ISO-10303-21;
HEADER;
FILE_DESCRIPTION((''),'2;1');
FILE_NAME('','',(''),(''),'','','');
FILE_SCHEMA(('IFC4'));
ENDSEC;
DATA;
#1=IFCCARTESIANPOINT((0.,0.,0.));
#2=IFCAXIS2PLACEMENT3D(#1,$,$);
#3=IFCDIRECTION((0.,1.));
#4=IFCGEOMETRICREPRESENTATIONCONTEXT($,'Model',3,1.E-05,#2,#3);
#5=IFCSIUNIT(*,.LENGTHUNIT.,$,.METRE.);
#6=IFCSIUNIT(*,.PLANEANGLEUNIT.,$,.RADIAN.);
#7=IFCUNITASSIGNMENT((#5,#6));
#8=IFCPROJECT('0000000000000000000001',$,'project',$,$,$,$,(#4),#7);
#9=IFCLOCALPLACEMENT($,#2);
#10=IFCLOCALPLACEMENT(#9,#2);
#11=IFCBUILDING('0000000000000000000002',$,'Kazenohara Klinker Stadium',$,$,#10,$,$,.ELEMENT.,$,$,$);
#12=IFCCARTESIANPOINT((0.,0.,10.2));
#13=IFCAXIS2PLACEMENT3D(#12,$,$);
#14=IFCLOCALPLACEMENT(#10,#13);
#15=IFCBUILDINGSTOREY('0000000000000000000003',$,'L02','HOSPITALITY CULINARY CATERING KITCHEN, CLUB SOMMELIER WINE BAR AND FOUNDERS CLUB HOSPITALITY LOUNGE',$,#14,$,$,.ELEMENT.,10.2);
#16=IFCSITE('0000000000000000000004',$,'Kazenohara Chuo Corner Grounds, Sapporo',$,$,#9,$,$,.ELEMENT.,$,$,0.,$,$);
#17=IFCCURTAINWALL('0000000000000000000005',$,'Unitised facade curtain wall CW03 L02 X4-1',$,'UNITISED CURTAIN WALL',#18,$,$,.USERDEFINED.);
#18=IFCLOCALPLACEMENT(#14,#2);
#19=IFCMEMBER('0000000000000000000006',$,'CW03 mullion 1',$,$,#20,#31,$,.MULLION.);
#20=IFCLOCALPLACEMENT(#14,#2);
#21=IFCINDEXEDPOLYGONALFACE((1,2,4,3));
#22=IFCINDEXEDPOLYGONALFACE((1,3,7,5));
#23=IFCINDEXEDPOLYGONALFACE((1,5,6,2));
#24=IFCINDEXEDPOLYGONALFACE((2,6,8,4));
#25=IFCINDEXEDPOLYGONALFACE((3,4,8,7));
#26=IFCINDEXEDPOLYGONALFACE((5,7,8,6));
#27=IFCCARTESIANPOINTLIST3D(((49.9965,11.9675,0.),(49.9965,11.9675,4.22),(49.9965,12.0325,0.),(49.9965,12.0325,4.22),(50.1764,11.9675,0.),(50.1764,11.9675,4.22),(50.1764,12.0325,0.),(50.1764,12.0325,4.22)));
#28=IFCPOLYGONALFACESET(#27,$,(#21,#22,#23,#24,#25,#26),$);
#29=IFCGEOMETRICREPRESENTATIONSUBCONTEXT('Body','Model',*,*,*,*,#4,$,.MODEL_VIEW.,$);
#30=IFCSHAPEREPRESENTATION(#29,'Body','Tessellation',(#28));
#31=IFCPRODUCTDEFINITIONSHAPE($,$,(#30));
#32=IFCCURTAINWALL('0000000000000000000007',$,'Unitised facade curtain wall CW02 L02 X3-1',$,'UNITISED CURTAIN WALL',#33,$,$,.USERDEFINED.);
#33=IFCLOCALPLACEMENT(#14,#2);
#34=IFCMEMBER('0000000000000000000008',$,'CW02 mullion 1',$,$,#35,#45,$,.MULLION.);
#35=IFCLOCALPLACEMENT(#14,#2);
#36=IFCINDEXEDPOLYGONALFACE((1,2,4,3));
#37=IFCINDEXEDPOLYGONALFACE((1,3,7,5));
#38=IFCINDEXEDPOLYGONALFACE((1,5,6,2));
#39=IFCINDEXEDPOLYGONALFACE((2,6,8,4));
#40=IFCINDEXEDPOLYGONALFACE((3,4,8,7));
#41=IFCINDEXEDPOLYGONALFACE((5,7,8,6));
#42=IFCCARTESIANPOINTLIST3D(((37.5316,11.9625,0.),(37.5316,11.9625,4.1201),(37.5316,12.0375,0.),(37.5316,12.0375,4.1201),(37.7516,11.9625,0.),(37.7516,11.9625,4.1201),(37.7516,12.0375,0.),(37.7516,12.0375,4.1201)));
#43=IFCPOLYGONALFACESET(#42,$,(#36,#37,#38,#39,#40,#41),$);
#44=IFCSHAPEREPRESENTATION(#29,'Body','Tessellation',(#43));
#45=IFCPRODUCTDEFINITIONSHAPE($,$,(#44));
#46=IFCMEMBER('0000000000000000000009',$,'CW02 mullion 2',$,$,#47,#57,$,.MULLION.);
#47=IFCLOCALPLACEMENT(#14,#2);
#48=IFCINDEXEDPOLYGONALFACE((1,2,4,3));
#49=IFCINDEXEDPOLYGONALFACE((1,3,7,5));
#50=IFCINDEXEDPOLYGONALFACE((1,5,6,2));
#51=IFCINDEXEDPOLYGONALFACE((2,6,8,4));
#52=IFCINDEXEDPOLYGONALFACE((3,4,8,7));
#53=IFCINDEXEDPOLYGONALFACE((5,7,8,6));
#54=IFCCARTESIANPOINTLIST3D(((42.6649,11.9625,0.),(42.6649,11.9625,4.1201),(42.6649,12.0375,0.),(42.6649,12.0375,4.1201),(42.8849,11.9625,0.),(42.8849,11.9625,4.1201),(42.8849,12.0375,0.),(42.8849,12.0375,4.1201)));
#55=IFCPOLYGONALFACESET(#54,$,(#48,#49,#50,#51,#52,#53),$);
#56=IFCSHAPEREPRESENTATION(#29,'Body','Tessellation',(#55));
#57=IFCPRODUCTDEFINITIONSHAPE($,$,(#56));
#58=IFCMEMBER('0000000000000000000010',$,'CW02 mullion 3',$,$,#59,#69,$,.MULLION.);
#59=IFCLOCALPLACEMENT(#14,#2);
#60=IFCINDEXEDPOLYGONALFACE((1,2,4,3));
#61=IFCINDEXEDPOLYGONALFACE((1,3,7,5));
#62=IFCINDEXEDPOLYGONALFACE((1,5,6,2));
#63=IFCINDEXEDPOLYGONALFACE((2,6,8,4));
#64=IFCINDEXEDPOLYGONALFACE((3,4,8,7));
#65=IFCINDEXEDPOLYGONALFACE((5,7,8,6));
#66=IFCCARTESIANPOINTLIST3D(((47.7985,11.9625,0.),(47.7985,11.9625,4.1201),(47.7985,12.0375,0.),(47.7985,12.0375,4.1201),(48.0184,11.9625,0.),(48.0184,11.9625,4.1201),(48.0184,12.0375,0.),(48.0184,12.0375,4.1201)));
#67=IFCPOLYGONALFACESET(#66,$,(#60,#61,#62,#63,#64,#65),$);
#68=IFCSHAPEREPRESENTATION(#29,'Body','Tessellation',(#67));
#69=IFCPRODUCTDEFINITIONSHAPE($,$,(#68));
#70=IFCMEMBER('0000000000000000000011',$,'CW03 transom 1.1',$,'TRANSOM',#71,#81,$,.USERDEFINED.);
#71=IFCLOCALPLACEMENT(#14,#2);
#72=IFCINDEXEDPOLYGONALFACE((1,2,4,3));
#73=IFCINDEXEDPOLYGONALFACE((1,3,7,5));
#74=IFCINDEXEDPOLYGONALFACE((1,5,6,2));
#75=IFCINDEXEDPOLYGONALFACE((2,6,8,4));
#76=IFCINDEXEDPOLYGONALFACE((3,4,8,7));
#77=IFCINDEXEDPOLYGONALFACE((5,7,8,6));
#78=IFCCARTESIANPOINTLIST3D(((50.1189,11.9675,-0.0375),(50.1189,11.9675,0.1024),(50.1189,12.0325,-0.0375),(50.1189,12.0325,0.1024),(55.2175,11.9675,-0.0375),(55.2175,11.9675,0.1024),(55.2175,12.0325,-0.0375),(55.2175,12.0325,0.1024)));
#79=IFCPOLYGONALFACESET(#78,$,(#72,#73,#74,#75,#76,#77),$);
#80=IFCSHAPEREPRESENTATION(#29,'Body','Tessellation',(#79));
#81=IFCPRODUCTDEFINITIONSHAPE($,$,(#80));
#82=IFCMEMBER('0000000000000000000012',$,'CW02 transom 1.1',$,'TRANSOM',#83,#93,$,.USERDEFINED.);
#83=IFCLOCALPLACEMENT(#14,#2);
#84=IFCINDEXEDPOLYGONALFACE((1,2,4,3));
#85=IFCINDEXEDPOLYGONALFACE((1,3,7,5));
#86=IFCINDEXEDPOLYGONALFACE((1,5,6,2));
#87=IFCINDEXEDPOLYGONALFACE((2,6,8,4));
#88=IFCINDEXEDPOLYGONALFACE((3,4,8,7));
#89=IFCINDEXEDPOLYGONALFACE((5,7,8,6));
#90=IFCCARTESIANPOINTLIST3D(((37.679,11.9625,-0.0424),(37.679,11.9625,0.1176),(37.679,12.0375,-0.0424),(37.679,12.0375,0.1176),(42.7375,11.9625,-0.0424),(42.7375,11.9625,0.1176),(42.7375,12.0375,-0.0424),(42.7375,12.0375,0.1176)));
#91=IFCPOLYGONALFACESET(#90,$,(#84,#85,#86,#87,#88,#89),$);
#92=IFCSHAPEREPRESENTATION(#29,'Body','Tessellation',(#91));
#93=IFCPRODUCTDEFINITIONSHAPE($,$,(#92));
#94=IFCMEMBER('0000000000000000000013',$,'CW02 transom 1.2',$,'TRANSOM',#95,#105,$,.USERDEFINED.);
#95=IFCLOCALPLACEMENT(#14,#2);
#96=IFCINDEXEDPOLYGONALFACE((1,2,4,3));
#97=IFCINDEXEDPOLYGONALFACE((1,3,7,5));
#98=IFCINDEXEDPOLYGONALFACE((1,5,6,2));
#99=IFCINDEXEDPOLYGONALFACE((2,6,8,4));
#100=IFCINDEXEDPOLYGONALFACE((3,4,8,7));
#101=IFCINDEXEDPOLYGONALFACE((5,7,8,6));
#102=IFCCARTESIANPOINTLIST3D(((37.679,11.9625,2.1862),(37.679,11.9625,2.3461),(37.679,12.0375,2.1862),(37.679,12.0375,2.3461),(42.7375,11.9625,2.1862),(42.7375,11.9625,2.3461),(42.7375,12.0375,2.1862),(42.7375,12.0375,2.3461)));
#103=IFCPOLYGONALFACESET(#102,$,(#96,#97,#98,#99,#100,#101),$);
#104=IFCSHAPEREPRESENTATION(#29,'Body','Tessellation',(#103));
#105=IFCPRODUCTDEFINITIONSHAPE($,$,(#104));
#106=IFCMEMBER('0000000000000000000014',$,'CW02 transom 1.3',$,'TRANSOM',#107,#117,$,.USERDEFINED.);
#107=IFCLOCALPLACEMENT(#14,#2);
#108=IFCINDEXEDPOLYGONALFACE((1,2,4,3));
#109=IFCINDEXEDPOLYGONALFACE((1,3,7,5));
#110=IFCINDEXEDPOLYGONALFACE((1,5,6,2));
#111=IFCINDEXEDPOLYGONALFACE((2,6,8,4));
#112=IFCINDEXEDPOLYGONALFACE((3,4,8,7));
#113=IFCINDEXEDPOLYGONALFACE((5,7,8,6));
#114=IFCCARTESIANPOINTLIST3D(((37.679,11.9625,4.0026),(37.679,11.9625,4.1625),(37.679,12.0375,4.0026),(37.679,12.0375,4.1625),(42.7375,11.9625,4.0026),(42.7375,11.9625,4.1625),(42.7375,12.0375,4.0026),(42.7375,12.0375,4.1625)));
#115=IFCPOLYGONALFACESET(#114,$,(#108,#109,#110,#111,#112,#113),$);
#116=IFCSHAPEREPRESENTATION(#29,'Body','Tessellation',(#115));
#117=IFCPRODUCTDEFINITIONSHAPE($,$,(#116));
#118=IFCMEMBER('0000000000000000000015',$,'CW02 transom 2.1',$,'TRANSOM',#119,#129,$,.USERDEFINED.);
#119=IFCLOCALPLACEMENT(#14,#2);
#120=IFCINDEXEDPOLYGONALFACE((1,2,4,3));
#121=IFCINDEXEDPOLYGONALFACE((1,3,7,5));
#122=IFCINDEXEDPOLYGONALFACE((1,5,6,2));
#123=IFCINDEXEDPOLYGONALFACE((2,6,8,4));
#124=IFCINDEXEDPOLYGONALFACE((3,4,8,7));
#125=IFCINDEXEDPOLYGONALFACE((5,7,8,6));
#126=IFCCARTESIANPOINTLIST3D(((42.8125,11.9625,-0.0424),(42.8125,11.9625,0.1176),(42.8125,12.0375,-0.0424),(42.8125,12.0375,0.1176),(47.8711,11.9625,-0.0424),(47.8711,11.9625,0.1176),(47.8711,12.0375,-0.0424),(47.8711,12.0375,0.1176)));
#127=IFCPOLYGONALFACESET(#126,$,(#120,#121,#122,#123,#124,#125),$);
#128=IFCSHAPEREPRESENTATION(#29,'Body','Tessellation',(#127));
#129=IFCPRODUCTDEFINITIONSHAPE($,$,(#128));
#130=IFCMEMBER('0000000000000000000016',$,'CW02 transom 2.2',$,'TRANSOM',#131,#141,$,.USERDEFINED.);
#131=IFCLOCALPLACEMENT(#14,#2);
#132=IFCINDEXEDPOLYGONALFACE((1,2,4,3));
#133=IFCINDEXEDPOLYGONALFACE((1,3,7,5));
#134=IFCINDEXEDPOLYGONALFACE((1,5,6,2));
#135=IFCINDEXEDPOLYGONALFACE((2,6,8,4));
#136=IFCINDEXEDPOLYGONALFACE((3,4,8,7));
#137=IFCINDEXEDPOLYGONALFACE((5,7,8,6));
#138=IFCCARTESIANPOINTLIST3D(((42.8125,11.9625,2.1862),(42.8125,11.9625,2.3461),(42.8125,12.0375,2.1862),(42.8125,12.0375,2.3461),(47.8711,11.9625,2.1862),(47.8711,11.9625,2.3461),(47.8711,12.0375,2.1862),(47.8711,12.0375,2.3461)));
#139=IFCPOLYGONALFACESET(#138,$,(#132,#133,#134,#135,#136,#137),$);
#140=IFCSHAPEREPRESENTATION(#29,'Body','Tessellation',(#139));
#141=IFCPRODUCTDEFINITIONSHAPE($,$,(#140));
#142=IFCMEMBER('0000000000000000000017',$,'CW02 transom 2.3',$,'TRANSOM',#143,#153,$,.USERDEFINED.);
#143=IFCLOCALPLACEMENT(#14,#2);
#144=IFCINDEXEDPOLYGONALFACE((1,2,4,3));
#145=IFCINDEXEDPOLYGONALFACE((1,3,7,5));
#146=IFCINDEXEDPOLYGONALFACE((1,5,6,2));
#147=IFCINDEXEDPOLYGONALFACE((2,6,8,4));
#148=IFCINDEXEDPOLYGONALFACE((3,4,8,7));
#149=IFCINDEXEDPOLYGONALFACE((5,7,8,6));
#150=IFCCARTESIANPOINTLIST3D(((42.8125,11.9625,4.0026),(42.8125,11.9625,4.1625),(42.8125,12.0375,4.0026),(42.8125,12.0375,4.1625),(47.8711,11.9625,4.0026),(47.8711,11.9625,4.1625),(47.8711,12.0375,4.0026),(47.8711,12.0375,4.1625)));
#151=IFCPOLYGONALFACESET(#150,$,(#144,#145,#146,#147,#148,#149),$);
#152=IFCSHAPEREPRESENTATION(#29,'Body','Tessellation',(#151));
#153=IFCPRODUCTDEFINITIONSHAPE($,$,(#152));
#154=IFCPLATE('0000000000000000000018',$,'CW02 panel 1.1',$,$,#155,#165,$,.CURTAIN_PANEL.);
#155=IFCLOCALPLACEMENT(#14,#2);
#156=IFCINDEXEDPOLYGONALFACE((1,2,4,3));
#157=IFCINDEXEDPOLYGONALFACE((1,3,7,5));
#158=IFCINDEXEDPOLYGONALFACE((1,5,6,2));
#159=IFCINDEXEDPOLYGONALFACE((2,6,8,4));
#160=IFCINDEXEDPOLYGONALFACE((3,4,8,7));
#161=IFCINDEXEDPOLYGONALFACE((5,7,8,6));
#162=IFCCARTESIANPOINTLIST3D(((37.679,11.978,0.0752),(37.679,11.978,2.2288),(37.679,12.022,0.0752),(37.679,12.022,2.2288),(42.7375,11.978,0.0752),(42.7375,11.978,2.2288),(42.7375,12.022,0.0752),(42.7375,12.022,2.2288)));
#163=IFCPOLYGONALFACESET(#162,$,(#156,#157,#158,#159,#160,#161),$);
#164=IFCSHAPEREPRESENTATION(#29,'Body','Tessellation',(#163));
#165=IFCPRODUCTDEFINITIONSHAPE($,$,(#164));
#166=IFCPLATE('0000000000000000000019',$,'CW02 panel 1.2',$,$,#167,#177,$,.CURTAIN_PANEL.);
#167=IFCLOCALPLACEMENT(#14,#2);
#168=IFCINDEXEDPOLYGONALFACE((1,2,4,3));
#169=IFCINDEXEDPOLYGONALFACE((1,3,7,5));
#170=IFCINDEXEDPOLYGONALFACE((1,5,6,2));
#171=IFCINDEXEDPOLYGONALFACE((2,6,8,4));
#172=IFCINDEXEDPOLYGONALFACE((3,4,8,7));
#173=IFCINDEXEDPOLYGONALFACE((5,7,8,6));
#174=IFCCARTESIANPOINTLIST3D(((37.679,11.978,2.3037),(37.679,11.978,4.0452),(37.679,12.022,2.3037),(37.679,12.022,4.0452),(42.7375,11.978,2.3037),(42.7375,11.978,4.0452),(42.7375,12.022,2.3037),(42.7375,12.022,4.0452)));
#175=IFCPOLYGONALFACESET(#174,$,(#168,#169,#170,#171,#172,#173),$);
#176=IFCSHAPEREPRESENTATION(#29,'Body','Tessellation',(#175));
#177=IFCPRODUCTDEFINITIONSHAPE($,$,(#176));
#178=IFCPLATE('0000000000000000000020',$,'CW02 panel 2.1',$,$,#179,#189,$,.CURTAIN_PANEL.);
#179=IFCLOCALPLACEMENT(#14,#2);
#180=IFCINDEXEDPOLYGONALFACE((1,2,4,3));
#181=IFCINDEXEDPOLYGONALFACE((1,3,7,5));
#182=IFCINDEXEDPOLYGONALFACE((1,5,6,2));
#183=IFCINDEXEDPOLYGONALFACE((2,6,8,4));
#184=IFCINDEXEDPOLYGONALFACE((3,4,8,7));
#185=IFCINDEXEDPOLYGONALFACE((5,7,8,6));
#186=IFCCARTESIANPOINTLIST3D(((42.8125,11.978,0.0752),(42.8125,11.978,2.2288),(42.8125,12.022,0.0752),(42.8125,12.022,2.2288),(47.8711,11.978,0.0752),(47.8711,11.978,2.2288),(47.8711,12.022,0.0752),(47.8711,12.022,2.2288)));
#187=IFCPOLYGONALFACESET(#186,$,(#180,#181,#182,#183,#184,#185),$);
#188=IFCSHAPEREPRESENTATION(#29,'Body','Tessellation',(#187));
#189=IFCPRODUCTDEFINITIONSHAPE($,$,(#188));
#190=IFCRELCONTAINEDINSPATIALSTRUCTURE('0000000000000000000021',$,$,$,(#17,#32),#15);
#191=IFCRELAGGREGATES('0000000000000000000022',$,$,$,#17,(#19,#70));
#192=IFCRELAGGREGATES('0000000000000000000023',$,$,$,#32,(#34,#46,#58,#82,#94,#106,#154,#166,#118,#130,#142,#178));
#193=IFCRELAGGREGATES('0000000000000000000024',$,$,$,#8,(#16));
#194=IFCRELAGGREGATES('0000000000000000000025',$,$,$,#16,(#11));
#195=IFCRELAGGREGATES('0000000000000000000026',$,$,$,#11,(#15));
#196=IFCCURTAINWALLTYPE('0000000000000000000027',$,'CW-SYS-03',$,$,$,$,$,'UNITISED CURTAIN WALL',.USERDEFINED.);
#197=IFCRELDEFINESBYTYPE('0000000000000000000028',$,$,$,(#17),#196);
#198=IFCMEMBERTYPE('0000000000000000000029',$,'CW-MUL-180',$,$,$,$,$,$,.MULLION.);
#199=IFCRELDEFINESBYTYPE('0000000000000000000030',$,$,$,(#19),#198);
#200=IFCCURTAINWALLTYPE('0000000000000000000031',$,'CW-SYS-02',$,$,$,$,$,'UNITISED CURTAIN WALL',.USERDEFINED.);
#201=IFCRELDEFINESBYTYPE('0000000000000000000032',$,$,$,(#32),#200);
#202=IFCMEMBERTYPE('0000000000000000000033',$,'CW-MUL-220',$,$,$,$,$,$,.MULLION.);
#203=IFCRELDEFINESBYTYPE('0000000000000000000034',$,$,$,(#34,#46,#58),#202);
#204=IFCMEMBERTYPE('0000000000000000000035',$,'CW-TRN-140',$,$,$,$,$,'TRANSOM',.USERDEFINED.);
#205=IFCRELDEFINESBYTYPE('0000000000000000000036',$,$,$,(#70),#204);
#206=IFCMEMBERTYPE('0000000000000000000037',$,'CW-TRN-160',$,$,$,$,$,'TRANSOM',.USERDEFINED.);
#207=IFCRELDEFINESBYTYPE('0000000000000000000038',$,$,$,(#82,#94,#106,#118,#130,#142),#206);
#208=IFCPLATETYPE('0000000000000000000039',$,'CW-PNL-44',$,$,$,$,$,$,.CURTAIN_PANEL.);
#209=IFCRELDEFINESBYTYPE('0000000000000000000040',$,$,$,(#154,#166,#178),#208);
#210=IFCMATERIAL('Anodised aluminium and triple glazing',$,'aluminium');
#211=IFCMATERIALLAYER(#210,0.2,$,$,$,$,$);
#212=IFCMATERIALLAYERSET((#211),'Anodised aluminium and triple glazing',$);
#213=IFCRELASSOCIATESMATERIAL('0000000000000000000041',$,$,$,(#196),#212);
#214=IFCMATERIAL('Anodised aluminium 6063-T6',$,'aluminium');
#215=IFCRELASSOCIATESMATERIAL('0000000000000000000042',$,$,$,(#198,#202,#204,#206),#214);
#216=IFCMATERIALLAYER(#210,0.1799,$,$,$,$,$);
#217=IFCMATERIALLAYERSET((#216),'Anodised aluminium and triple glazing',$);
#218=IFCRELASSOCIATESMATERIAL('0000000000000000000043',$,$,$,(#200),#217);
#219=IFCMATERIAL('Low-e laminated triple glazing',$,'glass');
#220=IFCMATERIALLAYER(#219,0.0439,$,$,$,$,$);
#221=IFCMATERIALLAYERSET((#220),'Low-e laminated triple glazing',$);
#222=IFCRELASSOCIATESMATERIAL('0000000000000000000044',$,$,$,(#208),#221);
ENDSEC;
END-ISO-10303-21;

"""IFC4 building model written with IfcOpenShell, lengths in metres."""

from ifc_helpers import new_model, si_unit, direction, frame, origin, origin_2d, place, context, subcontext, project, spatial, rectangle, extrude, material, layer, layer_set, material_profile, profile_set, type_object, element, aggregate, save


model = new_model("IFC4")

# Units and contexts
model_context = context("Model", 3, precision=1e-05, world=origin(), true_north=direction((0.0, 1.0)))
body_context = subcontext(model_context, "Body", "Model", "MODEL_VIEW")
ifc_project = project(units=[si_unit("LENGTHUNIT", "METRE"), si_unit("PLANEANGLEUNIT", "RADIAN")], contexts=[model_context])

# Site, building, storey
site_placement = place(None, origin())
site = spatial("IfcSite", under=ifc_project, at=site_placement, Name="Kazenohara Chuo Corner Grounds, Sapporo", CompositionType="ELEMENT", RefElevation=0.0)
building_placement = place(site_placement, origin())
building = spatial("IfcBuilding", under=site, at=building_placement, Name="Kazenohara Klinker Stadium", CompositionType="ELEMENT")
storey_placement = place(building_placement, frame((0.0, 0.0, 10.2)))
storey = spatial("IfcBuildingStorey", under=building, at=storey_placement, Name="L02", Description="HOSPITALITY CULINARY CATERING KITCHEN, CLUB SOMMELIER WINE BAR AND FOUNDERS CLUB HOSPITALITY LOUNGE", CompositionType="ELEMENT", Elevation=10.2)

# Curtain wall, member
ifc_material_1 = material(Name="Anodised aluminium and triple glazing", Category="aluminium")
ifc_layer_1 = layer(ifc_material_1, 0.2)
ifc_layer_set_1 = layer_set([ifc_layer_1], Name="Anodised aluminium and triple glazing")
curtain_wall_type_1 = type_object("IfcCurtainWallType", Name="CW-SYS-03", ElementType="UNITISED CURTAIN WALL", PredefinedType="USERDEFINED", material=ifc_layer_set_1)
curtain_wall_1_placement = place(storey_placement, origin())
curtain_wall_1 = element("IfcCurtainWall", 1, at=curtain_wall_1_placement, inside=storey, type_object=curtain_wall_type_1, Name="Unitised facade curtain wall CW03 L02 X4-1", ObjectType="UNITISED CURTAIN WALL", PredefinedType="USERDEFINED")
ifc_material_2 = material(Name="Anodised aluminium 6063-T6", Category="aluminium")
ifc_material_profile_1 = material_profile(ifc_material_2, rectangle(XDim=0.0649, YDim=0.1799, at=origin_2d()), Name="ALU-MUL-65x180")
ifc_profile_set_1 = profile_set([ifc_material_profile_1], Name="Anodised aluminium 6063-T6")
member_type_1 = type_object("IfcMemberType", Name="CW-MUL-180", PredefinedType="MULLION", material=ifc_profile_set_1)
member_1_placement = place(storey_placement, frame((50.0864, 12.0, 0.0), z_axis=(0.0, 0.0, 1.0), x_axis=(0.0, 1.0, 0.0)))
member_1 = element("IfcMember", 2, at=member_1_placement, type_object=member_type_1, Name="CW03 mullion 1", PredefinedType="MULLION", context=body_context, shape_type="SweptSolid", body=[
    extrude(rectangle(XDim=0.0649, YDim=0.1799, at=origin_2d()), origin(), (0.0, 0.0, 1.0), 4.22),
])

# Curtain wall, members
ifc_layer_2 = layer(ifc_material_1, 0.1799)
ifc_layer_set_2 = layer_set([ifc_layer_2], Name="Anodised aluminium and triple glazing")
curtain_wall_type_2 = type_object("IfcCurtainWallType", Name="CW-SYS-02", ElementType="UNITISED CURTAIN WALL", PredefinedType="USERDEFINED", material=ifc_layer_set_2)
curtain_wall_2_placement = place(storey_placement, origin())
curtain_wall_2 = element("IfcCurtainWall", 3, at=curtain_wall_2_placement, inside=storey, type_object=curtain_wall_type_2, Name="Unitised facade curtain wall CW02 L02 X3-1", ObjectType="UNITISED CURTAIN WALL", PredefinedType="USERDEFINED")
ifc_material_profile_2 = material_profile(ifc_material_2, rectangle(XDim=0.075, YDim=0.22, at=origin_2d()), Name="ALU-MUL-75x220")
ifc_profile_set_2 = profile_set([ifc_material_profile_2], Name="Anodised aluminium 6063-T6")
member_type_2 = type_object("IfcMemberType", Name="CW-MUL-220", PredefinedType="MULLION", material=ifc_profile_set_2)
member_2_placement = place(storey_placement, frame((37.6416, 12.0, 0.0), z_axis=(0.0, 0.0, 1.0), x_axis=(0.0, 1.0, 0.0)))
member_2 = element("IfcMember", 4, at=member_2_placement, type_object=member_type_2, Name="CW02 mullion 1", PredefinedType="MULLION", context=body_context, shape_type="SweptSolid", body=[
    extrude(rectangle(XDim=0.075, YDim=0.22, at=origin_2d()), origin(), (0.0, 0.0, 1.0), 4.1201),
])
member_3_placement = place(storey_placement, frame((42.7749, 12.0, 0.0), z_axis=(0.0, 0.0, 1.0), x_axis=(0.0, 1.0, 0.0)))
member_3 = element("IfcMember", 5, at=member_3_placement, type_object=member_type_2, Name="CW02 mullion 2", PredefinedType="MULLION", context=body_context, shape_type="SweptSolid", body=[
    extrude(rectangle(XDim=0.075, YDim=0.22, at=origin_2d()), origin(), (0.0, 0.0, 1.0), 4.1201),
])
member_4_placement = place(storey_placement, frame((47.9084, 12.0, 0.0), z_axis=(0.0, 0.0, 1.0), x_axis=(0.0, 1.0, 0.0)))
member_4 = element("IfcMember", 6, at=member_4_placement, type_object=member_type_2, Name="CW02 mullion 3", PredefinedType="MULLION", context=body_context, shape_type="SweptSolid", body=[
    extrude(rectangle(XDim=0.075, YDim=0.22, at=origin_2d()), origin(), (0.0, 0.0, 1.0), 4.1201),
])

# Members
ifc_material_profile_3 = material_profile(ifc_material_2, rectangle(XDim=0.0649, YDim=0.1399, at=origin_2d()), Name="ALU-TRN-65x140")
ifc_profile_set_3 = profile_set([ifc_material_profile_3], Name="Anodised aluminium 6063-T6")
member_type_3 = type_object("IfcMemberType", Name="CW-TRN-140", ElementType="TRANSOM", PredefinedType="USERDEFINED", material=ifc_profile_set_3)
member_5_placement = place(storey_placement, frame((50.1189, 12.0, 0.0325), z_axis=(1.0, 0.0, 0.0), x_axis=(0.0, 1.0, 0.0)))
member_5 = element("IfcMember", 7, at=member_5_placement, type_object=member_type_3, Name="CW03 transom 1.1", ObjectType="TRANSOM", PredefinedType="USERDEFINED", context=body_context, shape_type="SweptSolid", body=[
    extrude(rectangle(XDim=0.0649, YDim=0.1399, at=origin_2d()), origin(), (0.0, 0.0, 1.0), 5.0986),
])
aggregate(curtain_wall_1, [member_1, member_5])
ifc_material_profile_4 = material_profile(ifc_material_2, rectangle(XDim=0.075, YDim=0.1599, at=origin_2d()), Name="ALU-TRN-75x160")
ifc_profile_set_4 = profile_set([ifc_material_profile_4], Name="Anodised aluminium 6063-T6")
member_type_4 = type_object("IfcMemberType", Name="CW-TRN-160", ElementType="TRANSOM", PredefinedType="USERDEFINED", material=ifc_profile_set_4)
member_6_placement = place(storey_placement, frame((37.679, 12.0, 0.0376), z_axis=(1.0, 0.0, 0.0), x_axis=(0.0, 1.0, 0.0)))
member_6 = element("IfcMember", 8, at=member_6_placement, type_object=member_type_4, Name="CW02 transom 1.1", ObjectType="TRANSOM", PredefinedType="USERDEFINED", context=body_context, shape_type="SweptSolid", body=[
    extrude(rectangle(XDim=0.075, YDim=0.1599, at=origin_2d()), origin(), (0.0, 0.0, 1.0), 5.0586),
])
member_7_placement = place(storey_placement, frame((37.679, 12.0, 2.2661), z_axis=(1.0, 0.0, 0.0), x_axis=(0.0, 1.0, 0.0)))
member_7 = element("IfcMember", 9, at=member_7_placement, type_object=member_type_4, Name="CW02 transom 1.2", ObjectType="TRANSOM", PredefinedType="USERDEFINED", context=body_context, shape_type="SweptSolid", body=[
    extrude(rectangle(XDim=0.075, YDim=0.1599, at=origin_2d()), origin(), (0.0, 0.0, 1.0), 5.0586),
])
member_8_placement = place(storey_placement, frame((37.679, 12.0, 4.0825), z_axis=(1.0, 0.0, 0.0), x_axis=(0.0, 1.0, 0.0)))
member_8 = element("IfcMember", 10, at=member_8_placement, type_object=member_type_4, Name="CW02 transom 1.3", ObjectType="TRANSOM", PredefinedType="USERDEFINED", context=body_context, shape_type="SweptSolid", body=[
    extrude(rectangle(XDim=0.075, YDim=0.1599, at=origin_2d()), origin(), (0.0, 0.0, 1.0), 5.0586),
])
member_9_placement = place(storey_placement, frame((42.8125, 12.0, 0.0376), z_axis=(1.0, 0.0, 0.0), x_axis=(0.0, 1.0, 0.0)))
member_9 = element("IfcMember", 11, at=member_9_placement, type_object=member_type_4, Name="CW02 transom 2.1", ObjectType="TRANSOM", PredefinedType="USERDEFINED", context=body_context, shape_type="SweptSolid", body=[
    extrude(rectangle(XDim=0.075, YDim=0.1599, at=origin_2d()), origin(), (0.0, 0.0, 1.0), 5.0586),
])
member_10_placement = place(storey_placement, frame((42.8125, 12.0, 2.2661), z_axis=(1.0, 0.0, 0.0), x_axis=(0.0, 1.0, 0.0)))
member_10 = element("IfcMember", 12, at=member_10_placement, type_object=member_type_4, Name="CW02 transom 2.2", ObjectType="TRANSOM", PredefinedType="USERDEFINED", context=body_context, shape_type="SweptSolid", body=[
    extrude(rectangle(XDim=0.075, YDim=0.1599, at=origin_2d()), origin(), (0.0, 0.0, 1.0), 5.0586),
])
member_11_placement = place(storey_placement, frame((42.8125, 12.0, 4.0825), z_axis=(1.0, 0.0, 0.0), x_axis=(0.0, 1.0, 0.0)))
member_11 = element("IfcMember", 13, at=member_11_placement, type_object=member_type_4, Name="CW02 transom 2.3", ObjectType="TRANSOM", PredefinedType="USERDEFINED", context=body_context, shape_type="SweptSolid", body=[
    extrude(rectangle(XDim=0.075, YDim=0.1599, at=origin_2d()), origin(), (0.0, 0.0, 1.0), 5.0586),
])

# Plates
ifc_material_3 = material(Name="Low-e laminated triple glazing", Category="glass")
ifc_layer_3 = layer(ifc_material_3, 0.0439)
ifc_layer_set_3 = layer_set([ifc_layer_3], Name="Low-e laminated triple glazing")
plate_type = type_object("IfcPlateType", Name="CW-PNL-44", PredefinedType="CURTAIN_PANEL", material=ifc_layer_set_3)
plate_1_placement = place(storey_placement, frame((40.2083, 12.0, 0.0752), z_axis=(0.0, 0.0, 1.0), x_axis=(1.0, 0.0, 0.0)))
plate_1 = element("IfcPlate", 14, at=plate_1_placement, type_object=plate_type, Name="CW02 panel 1.1", PredefinedType="CURTAIN_PANEL", context=body_context, shape_type="SweptSolid", body=[
    extrude(rectangle(XDim=5.0586, YDim=0.0439, at=origin_2d()), origin(), (0.0, 0.0, 1.0), 2.1536),
])
plate_2_placement = place(storey_placement, frame((40.2083, 12.0, 2.3037), z_axis=(0.0, 0.0, 1.0), x_axis=(1.0, 0.0, 0.0)))
plate_2 = element("IfcPlate", 15, at=plate_2_placement, type_object=plate_type, Name="CW02 panel 1.2", PredefinedType="CURTAIN_PANEL", context=body_context, shape_type="SweptSolid", body=[
    extrude(rectangle(XDim=5.0586, YDim=0.0439, at=origin_2d()), origin(), (0.0, 0.0, 1.0), 1.7415),
])
plate_3_placement = place(storey_placement, frame((45.3418, 12.0, 0.0752), z_axis=(0.0, 0.0, 1.0), x_axis=(1.0, 0.0, 0.0)))
plate_3 = element("IfcPlate", 16, at=plate_3_placement, type_object=plate_type, Name="CW02 panel 2.1", PredefinedType="CURTAIN_PANEL", context=body_context, shape_type="SweptSolid", body=[
    extrude(rectangle(XDim=5.0586, YDim=0.0439, at=origin_2d()), origin(), (0.0, 0.0, 1.0), 2.1536),
])
aggregate(curtain_wall_2, [member_2, member_3, member_4, member_6, member_7, member_8, plate_1, plate_2, member_9, member_10, member_11, plate_3])

save(model, "model.ifc")
